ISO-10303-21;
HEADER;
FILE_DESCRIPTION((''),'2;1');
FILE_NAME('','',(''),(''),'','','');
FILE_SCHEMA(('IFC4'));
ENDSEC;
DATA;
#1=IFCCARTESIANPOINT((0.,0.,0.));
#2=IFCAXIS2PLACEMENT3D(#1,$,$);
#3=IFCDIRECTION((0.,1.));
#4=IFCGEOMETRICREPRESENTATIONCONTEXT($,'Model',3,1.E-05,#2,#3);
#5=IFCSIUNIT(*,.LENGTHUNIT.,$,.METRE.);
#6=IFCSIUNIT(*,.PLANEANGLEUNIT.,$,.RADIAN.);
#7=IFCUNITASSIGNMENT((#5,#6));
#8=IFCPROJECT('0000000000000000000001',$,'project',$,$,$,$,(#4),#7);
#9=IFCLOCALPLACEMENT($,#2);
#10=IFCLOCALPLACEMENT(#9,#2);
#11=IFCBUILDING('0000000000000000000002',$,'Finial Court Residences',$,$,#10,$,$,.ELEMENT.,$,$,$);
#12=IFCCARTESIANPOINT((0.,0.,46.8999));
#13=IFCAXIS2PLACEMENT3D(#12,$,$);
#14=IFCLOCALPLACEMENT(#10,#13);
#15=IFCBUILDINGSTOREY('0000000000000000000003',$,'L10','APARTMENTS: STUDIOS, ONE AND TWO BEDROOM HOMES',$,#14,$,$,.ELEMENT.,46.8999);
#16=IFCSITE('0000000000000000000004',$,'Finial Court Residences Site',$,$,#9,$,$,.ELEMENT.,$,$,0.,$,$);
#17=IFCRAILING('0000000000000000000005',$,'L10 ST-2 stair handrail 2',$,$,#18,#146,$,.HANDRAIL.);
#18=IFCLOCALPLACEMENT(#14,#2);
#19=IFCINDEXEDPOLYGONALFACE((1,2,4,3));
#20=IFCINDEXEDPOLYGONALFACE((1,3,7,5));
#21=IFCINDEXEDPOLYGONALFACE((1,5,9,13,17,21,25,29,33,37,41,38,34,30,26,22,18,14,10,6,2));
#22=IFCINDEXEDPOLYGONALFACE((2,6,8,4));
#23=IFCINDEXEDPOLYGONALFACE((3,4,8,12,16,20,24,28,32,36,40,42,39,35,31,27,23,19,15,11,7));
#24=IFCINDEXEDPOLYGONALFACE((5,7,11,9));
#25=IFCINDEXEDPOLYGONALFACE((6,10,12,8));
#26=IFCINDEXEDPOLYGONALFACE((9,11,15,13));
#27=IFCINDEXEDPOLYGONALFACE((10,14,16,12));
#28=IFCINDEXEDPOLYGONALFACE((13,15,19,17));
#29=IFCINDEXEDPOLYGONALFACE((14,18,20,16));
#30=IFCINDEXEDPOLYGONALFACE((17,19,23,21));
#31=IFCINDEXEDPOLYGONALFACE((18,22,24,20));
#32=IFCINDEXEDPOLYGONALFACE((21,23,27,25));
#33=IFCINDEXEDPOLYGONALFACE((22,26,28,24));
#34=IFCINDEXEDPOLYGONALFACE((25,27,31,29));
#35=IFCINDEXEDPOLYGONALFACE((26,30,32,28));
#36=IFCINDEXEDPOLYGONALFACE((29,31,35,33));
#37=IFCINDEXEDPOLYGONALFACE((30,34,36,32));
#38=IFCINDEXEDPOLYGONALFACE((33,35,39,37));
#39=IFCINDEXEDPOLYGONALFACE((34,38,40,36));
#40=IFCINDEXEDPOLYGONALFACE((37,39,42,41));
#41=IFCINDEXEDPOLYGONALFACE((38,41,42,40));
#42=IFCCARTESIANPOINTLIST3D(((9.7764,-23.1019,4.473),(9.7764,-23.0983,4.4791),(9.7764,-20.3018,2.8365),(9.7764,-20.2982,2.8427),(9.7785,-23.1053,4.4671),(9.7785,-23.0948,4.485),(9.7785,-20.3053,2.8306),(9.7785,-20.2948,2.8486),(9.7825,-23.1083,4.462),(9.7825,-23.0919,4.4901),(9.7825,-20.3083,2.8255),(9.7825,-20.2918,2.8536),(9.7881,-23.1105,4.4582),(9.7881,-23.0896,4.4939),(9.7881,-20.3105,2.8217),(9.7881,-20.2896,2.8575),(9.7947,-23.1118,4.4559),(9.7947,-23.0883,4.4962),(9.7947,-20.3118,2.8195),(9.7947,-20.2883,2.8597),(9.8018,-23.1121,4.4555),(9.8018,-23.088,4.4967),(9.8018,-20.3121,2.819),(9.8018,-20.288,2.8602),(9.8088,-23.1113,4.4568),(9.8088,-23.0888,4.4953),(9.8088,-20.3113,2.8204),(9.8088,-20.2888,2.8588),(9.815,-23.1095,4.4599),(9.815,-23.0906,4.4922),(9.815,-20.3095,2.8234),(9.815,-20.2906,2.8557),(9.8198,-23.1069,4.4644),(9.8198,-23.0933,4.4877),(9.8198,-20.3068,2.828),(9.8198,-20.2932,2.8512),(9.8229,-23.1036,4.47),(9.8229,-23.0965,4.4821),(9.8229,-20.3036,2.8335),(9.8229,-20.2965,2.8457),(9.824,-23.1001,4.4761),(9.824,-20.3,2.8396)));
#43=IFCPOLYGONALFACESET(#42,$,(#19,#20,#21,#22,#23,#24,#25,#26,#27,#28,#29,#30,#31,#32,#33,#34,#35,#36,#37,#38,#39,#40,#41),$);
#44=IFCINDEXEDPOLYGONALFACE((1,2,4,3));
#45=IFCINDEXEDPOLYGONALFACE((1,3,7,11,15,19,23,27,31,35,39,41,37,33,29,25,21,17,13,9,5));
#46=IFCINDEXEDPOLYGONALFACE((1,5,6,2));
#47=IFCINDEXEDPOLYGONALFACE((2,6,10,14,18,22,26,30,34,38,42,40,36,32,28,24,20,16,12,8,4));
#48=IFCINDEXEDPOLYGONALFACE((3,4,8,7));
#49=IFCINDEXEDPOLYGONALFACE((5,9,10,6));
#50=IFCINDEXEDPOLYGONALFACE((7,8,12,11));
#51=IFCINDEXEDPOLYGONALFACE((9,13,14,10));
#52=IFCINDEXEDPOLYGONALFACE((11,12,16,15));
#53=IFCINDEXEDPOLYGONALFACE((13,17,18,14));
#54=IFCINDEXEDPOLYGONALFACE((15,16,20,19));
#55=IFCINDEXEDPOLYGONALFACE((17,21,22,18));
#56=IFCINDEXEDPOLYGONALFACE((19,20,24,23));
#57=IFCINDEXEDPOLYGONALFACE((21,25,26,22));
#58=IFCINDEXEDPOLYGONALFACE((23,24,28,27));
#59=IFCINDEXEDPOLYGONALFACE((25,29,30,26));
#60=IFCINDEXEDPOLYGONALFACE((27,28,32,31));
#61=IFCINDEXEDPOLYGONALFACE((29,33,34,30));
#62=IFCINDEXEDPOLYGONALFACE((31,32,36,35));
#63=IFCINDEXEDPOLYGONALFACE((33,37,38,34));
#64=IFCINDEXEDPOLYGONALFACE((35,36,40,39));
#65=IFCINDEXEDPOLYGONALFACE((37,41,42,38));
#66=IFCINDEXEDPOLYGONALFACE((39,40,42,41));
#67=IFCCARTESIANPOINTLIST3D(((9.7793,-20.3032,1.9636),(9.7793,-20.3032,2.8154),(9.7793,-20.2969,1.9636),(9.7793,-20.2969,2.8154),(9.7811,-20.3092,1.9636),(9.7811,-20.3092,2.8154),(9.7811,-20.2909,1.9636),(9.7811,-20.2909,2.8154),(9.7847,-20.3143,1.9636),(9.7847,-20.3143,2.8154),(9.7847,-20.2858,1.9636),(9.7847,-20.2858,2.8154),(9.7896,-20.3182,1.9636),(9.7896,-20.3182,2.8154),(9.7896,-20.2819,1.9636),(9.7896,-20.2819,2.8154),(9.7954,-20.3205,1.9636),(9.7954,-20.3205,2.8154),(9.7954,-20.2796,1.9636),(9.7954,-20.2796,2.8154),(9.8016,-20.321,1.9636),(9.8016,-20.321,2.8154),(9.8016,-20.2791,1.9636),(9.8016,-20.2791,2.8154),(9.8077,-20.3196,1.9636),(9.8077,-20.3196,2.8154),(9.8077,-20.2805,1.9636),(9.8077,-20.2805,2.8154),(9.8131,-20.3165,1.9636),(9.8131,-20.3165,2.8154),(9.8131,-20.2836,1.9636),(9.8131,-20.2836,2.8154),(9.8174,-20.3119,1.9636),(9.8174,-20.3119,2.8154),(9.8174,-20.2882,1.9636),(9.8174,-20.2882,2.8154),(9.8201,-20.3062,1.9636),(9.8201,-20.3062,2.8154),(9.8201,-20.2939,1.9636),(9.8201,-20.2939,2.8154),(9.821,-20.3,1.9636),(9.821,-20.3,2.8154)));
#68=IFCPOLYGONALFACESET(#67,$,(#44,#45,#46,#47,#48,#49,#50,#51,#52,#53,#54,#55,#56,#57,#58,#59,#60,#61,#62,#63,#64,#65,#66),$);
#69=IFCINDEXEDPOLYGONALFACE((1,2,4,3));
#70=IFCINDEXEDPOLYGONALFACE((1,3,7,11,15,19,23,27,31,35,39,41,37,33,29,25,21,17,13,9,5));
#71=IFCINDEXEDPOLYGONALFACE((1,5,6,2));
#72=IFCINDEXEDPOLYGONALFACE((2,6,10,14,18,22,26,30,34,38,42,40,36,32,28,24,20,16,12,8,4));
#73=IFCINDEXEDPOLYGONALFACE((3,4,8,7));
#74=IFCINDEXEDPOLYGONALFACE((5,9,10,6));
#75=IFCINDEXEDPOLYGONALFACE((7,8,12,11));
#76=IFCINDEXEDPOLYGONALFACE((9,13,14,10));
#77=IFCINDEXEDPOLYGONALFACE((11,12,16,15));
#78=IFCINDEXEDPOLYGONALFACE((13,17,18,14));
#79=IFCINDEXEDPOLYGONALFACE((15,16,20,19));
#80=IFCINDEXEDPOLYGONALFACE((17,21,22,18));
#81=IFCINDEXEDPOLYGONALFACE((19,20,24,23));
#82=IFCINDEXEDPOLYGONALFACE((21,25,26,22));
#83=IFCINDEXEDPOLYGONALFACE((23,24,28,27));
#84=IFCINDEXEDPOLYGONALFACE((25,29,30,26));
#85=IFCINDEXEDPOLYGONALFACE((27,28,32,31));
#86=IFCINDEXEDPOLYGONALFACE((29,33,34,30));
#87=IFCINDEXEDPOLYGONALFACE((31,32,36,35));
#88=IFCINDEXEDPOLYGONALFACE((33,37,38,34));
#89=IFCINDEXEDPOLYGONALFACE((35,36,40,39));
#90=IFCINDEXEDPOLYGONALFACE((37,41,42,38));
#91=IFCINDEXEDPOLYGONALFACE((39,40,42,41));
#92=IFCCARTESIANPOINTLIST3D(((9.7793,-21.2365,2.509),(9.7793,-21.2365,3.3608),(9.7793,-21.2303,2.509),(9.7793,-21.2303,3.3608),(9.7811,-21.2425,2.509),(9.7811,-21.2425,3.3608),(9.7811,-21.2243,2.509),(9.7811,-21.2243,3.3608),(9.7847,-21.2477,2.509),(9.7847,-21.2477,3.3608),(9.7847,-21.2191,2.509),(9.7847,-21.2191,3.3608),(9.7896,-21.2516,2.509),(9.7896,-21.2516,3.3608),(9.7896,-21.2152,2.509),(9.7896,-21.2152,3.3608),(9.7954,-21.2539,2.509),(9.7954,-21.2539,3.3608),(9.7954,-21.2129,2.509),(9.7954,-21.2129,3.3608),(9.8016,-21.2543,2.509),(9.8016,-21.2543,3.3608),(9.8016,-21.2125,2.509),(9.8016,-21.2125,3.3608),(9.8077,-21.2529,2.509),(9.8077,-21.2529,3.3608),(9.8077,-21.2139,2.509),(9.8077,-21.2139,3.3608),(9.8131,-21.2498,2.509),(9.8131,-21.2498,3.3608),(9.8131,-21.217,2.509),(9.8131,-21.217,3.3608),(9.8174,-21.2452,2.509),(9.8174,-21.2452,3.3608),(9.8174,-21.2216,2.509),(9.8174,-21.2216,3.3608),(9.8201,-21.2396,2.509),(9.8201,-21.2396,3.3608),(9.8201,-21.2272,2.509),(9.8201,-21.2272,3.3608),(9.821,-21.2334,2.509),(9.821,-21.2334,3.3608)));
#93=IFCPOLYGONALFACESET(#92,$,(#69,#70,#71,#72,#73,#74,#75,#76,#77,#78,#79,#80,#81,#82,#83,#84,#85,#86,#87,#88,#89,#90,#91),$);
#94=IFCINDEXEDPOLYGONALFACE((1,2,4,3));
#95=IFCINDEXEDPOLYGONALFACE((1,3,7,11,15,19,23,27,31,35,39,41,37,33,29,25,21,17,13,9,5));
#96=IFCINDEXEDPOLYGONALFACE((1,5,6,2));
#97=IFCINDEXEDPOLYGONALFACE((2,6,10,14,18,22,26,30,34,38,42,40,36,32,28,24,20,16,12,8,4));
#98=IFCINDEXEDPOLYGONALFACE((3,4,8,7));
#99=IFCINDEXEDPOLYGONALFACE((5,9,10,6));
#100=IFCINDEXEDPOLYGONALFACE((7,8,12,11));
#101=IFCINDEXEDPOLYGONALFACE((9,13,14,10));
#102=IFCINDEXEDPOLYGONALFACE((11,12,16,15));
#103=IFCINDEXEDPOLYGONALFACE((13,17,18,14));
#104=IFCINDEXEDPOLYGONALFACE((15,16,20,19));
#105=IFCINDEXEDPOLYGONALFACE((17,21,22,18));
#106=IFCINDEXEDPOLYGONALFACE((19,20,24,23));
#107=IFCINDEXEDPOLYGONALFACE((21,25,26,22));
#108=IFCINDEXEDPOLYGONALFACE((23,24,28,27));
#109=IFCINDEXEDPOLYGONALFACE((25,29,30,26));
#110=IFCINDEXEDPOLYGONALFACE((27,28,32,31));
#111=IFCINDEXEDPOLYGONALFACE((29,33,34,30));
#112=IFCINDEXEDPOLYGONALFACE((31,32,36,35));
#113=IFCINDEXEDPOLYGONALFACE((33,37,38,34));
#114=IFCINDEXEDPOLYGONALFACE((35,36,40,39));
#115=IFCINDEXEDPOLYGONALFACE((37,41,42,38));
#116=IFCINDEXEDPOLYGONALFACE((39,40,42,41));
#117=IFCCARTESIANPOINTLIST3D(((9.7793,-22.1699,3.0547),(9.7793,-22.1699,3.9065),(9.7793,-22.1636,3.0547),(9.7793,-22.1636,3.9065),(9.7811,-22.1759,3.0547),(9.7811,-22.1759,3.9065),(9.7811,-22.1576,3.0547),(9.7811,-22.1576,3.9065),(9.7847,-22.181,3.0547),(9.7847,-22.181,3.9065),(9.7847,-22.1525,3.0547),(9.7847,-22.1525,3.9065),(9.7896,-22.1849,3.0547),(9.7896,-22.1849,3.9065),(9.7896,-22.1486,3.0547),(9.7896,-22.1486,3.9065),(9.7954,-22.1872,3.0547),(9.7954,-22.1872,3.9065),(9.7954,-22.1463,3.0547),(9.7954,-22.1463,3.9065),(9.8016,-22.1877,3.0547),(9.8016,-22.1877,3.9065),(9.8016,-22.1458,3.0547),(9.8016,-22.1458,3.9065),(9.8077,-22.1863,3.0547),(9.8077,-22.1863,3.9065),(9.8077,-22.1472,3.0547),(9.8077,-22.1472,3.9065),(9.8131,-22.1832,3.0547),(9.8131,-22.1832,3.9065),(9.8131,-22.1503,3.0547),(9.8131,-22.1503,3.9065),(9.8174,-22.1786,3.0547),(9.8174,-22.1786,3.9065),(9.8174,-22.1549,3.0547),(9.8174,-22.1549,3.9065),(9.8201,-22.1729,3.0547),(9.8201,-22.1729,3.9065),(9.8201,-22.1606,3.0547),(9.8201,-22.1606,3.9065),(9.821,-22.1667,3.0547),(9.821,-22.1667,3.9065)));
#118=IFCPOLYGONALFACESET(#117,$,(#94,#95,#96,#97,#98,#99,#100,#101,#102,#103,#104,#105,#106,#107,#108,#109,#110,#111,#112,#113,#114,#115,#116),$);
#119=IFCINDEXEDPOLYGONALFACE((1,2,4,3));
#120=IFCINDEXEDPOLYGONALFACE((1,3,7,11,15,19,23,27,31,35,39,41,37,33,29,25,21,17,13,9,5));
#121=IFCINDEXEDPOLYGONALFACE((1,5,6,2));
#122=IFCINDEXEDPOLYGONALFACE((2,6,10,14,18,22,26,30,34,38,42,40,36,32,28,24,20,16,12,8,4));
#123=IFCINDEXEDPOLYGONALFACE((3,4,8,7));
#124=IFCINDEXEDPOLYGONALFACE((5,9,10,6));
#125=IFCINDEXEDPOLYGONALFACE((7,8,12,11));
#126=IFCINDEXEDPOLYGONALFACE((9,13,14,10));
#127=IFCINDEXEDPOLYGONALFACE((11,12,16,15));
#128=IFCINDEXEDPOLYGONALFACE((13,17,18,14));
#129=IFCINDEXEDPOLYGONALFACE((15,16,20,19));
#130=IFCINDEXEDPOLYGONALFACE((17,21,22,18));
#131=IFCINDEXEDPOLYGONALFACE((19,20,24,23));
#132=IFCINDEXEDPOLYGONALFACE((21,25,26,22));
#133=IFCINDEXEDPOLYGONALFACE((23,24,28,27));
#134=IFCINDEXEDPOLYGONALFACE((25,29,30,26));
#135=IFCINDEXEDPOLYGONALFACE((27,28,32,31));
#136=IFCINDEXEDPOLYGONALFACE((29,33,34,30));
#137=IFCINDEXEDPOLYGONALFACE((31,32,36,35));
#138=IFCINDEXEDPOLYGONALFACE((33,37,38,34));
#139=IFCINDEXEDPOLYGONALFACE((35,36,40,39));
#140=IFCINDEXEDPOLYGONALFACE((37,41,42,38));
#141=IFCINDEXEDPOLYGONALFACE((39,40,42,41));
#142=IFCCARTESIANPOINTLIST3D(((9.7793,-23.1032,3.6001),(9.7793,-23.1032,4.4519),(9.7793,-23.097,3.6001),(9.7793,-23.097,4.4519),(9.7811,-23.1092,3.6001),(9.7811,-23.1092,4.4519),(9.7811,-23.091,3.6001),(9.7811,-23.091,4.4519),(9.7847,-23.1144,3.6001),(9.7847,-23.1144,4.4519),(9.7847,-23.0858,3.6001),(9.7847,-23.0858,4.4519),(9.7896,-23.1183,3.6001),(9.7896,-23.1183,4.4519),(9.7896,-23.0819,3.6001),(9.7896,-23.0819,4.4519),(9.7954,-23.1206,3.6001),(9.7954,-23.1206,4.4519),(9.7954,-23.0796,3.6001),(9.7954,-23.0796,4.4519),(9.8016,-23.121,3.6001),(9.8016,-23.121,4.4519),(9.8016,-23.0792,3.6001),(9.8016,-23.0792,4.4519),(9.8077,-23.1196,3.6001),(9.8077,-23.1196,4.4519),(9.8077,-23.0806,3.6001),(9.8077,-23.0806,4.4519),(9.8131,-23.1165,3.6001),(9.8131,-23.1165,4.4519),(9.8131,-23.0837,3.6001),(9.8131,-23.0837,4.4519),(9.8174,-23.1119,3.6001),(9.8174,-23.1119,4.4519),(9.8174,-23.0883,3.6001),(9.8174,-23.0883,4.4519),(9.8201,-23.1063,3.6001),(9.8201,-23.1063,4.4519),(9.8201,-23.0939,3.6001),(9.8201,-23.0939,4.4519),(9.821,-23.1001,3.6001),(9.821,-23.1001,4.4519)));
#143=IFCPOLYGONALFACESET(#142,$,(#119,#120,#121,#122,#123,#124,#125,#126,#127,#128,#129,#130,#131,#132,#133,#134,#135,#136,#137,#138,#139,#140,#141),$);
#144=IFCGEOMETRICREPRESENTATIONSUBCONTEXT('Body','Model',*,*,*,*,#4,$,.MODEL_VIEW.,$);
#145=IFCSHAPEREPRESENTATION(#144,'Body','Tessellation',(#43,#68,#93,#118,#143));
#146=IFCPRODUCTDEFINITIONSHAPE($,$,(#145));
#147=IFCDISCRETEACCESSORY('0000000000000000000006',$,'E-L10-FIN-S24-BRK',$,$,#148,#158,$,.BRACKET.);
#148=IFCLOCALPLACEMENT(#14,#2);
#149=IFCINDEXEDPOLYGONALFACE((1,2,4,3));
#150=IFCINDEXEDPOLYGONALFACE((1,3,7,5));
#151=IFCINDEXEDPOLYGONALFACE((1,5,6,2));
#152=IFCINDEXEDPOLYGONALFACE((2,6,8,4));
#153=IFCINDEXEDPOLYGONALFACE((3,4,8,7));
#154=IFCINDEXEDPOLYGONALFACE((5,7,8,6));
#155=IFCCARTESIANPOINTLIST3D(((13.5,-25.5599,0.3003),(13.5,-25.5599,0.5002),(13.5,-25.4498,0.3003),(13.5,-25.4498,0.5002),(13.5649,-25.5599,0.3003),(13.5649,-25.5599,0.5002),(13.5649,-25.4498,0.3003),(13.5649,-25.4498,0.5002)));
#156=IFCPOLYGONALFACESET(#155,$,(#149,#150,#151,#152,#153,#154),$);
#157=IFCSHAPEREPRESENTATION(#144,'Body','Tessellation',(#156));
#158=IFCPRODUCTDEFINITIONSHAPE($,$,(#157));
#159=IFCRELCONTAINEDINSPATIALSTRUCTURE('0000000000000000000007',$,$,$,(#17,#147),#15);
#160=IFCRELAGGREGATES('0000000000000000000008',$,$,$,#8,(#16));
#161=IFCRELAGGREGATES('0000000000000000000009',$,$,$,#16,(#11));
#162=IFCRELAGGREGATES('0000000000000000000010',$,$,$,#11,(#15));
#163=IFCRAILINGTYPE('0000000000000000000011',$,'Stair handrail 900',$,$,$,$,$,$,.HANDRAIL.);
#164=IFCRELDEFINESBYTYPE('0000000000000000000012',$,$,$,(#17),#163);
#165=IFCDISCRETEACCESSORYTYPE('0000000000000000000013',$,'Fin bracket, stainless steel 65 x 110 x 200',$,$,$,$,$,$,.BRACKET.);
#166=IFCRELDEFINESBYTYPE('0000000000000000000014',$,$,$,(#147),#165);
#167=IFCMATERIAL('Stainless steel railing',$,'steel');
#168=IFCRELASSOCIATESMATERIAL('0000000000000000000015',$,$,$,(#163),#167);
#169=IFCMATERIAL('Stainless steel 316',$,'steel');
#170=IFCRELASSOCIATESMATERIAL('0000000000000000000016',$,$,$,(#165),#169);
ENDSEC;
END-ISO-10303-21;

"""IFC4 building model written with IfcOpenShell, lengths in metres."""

from ifc_helpers import new_model, si_unit, direction, frame, origin, origin_2d, place, context, subcontext, project, spatial, rectangle, circle, extrude, material, type_object, element, save


model = new_model("IFC4")

# Units and contexts
model_context = context("Model", 3, precision=1e-05, world=origin(), true_north=direction((0.0, 1.0)))
body_context = subcontext(model_context, "Body", "Model", "MODEL_VIEW")
ifc_project = project(units=[si_unit("LENGTHUNIT", "METRE"), si_unit("PLANEANGLEUNIT", "RADIAN")], contexts=[model_context])

# Site, building, storey
site_placement = place(None, origin())
site = spatial("IfcSite", under=ifc_project, at=site_placement, Name="Finial Court Residences Site", CompositionType="ELEMENT", RefElevation=0.0)
building_placement = place(site_placement, origin())
building = spatial("IfcBuilding", under=site, at=building_placement, Name="Finial Court Residences", CompositionType="ELEMENT")
storey_placement = place(building_placement, frame((0.0, 0.0, 46.8999)))
storey = spatial("IfcBuildingStorey", under=building, at=storey_placement, Name="L10", Description="APARTMENTS: STUDIOS, ONE AND TWO BEDROOM HOMES", CompositionType="ELEMENT", Elevation=46.8999)

# Railing
ifc_material_1 = material(Name="Stainless steel railing", Category="steel")
railing_type_1 = type_object("IfcRailingType", Name="Stair handrail 900", PredefinedType="HANDRAIL", material=ifc_material_1)
railing_1_placement = place(storey_placement, frame((9.8, -20.3, 1.9636)))
element("IfcRailing", 1, at=railing_1_placement, inside=storey, type_object=railing_type_1, Name="L10 ST-2 stair handrail 2", PredefinedType="HANDRAIL", context=body_context, shape_type="SweptSolid", body=[
    extrude(circle(Radius=0.0239, at=origin_2d()), frame((0.0, 0.0, 0.876), z_axis=(0.0, -0.863361, 0.504587), x_axis=(1.0, 0.0, 0.0)), (0.0, 0.0, 1.0), 3.2432),
    extrude(circle(Radius=0.021, at=origin_2d()), origin(), (0.0, 0.0, 1.0), 0.8518),
    extrude(circle(Radius=0.021, at=origin_2d()), frame((0.0, -0.9333, 0.5454)), (0.0, 0.0, 1.0), 0.8518),
    extrude(circle(Radius=0.021, at=origin_2d()), frame((0.0, -1.8667, 1.0911)), (0.0, 0.0, 1.0), 0.8518),
    extrude(circle(Radius=0.021, at=origin_2d()), frame((0.0, -2.8, 1.6365)), (0.0, 0.0, 1.0), 0.8518),
])

# Discrete accessory
ifc_material_2 = material(Name="Stainless steel 316", Category="steel")
discrete_accessory_type = type_object("IfcDiscreteAccessoryType", Name="Fin bracket, stainless steel 65 x 110 x 200", PredefinedType="BRACKET", material=ifc_material_2)
discrete_accessory_placement = place(storey_placement, frame((13.5325, -25.5049, 0.3003), z_axis=(0.0, 0.0, 1.0), x_axis=(1.0, 0.0, 0.0)))
element("IfcDiscreteAccessory", 2, at=discrete_accessory_placement, inside=storey, type_object=discrete_accessory_type, Name="E-L10-FIN-S24-BRK", PredefinedType="BRACKET", context=body_context, shape_type="SweptSolid", body=[
    extrude(rectangle(XDim=0.0649, YDim=0.1101, at=origin_2d()), origin(), (0.0, 0.0, 1.0), 0.2),
])

save(model, "model.ifc")
